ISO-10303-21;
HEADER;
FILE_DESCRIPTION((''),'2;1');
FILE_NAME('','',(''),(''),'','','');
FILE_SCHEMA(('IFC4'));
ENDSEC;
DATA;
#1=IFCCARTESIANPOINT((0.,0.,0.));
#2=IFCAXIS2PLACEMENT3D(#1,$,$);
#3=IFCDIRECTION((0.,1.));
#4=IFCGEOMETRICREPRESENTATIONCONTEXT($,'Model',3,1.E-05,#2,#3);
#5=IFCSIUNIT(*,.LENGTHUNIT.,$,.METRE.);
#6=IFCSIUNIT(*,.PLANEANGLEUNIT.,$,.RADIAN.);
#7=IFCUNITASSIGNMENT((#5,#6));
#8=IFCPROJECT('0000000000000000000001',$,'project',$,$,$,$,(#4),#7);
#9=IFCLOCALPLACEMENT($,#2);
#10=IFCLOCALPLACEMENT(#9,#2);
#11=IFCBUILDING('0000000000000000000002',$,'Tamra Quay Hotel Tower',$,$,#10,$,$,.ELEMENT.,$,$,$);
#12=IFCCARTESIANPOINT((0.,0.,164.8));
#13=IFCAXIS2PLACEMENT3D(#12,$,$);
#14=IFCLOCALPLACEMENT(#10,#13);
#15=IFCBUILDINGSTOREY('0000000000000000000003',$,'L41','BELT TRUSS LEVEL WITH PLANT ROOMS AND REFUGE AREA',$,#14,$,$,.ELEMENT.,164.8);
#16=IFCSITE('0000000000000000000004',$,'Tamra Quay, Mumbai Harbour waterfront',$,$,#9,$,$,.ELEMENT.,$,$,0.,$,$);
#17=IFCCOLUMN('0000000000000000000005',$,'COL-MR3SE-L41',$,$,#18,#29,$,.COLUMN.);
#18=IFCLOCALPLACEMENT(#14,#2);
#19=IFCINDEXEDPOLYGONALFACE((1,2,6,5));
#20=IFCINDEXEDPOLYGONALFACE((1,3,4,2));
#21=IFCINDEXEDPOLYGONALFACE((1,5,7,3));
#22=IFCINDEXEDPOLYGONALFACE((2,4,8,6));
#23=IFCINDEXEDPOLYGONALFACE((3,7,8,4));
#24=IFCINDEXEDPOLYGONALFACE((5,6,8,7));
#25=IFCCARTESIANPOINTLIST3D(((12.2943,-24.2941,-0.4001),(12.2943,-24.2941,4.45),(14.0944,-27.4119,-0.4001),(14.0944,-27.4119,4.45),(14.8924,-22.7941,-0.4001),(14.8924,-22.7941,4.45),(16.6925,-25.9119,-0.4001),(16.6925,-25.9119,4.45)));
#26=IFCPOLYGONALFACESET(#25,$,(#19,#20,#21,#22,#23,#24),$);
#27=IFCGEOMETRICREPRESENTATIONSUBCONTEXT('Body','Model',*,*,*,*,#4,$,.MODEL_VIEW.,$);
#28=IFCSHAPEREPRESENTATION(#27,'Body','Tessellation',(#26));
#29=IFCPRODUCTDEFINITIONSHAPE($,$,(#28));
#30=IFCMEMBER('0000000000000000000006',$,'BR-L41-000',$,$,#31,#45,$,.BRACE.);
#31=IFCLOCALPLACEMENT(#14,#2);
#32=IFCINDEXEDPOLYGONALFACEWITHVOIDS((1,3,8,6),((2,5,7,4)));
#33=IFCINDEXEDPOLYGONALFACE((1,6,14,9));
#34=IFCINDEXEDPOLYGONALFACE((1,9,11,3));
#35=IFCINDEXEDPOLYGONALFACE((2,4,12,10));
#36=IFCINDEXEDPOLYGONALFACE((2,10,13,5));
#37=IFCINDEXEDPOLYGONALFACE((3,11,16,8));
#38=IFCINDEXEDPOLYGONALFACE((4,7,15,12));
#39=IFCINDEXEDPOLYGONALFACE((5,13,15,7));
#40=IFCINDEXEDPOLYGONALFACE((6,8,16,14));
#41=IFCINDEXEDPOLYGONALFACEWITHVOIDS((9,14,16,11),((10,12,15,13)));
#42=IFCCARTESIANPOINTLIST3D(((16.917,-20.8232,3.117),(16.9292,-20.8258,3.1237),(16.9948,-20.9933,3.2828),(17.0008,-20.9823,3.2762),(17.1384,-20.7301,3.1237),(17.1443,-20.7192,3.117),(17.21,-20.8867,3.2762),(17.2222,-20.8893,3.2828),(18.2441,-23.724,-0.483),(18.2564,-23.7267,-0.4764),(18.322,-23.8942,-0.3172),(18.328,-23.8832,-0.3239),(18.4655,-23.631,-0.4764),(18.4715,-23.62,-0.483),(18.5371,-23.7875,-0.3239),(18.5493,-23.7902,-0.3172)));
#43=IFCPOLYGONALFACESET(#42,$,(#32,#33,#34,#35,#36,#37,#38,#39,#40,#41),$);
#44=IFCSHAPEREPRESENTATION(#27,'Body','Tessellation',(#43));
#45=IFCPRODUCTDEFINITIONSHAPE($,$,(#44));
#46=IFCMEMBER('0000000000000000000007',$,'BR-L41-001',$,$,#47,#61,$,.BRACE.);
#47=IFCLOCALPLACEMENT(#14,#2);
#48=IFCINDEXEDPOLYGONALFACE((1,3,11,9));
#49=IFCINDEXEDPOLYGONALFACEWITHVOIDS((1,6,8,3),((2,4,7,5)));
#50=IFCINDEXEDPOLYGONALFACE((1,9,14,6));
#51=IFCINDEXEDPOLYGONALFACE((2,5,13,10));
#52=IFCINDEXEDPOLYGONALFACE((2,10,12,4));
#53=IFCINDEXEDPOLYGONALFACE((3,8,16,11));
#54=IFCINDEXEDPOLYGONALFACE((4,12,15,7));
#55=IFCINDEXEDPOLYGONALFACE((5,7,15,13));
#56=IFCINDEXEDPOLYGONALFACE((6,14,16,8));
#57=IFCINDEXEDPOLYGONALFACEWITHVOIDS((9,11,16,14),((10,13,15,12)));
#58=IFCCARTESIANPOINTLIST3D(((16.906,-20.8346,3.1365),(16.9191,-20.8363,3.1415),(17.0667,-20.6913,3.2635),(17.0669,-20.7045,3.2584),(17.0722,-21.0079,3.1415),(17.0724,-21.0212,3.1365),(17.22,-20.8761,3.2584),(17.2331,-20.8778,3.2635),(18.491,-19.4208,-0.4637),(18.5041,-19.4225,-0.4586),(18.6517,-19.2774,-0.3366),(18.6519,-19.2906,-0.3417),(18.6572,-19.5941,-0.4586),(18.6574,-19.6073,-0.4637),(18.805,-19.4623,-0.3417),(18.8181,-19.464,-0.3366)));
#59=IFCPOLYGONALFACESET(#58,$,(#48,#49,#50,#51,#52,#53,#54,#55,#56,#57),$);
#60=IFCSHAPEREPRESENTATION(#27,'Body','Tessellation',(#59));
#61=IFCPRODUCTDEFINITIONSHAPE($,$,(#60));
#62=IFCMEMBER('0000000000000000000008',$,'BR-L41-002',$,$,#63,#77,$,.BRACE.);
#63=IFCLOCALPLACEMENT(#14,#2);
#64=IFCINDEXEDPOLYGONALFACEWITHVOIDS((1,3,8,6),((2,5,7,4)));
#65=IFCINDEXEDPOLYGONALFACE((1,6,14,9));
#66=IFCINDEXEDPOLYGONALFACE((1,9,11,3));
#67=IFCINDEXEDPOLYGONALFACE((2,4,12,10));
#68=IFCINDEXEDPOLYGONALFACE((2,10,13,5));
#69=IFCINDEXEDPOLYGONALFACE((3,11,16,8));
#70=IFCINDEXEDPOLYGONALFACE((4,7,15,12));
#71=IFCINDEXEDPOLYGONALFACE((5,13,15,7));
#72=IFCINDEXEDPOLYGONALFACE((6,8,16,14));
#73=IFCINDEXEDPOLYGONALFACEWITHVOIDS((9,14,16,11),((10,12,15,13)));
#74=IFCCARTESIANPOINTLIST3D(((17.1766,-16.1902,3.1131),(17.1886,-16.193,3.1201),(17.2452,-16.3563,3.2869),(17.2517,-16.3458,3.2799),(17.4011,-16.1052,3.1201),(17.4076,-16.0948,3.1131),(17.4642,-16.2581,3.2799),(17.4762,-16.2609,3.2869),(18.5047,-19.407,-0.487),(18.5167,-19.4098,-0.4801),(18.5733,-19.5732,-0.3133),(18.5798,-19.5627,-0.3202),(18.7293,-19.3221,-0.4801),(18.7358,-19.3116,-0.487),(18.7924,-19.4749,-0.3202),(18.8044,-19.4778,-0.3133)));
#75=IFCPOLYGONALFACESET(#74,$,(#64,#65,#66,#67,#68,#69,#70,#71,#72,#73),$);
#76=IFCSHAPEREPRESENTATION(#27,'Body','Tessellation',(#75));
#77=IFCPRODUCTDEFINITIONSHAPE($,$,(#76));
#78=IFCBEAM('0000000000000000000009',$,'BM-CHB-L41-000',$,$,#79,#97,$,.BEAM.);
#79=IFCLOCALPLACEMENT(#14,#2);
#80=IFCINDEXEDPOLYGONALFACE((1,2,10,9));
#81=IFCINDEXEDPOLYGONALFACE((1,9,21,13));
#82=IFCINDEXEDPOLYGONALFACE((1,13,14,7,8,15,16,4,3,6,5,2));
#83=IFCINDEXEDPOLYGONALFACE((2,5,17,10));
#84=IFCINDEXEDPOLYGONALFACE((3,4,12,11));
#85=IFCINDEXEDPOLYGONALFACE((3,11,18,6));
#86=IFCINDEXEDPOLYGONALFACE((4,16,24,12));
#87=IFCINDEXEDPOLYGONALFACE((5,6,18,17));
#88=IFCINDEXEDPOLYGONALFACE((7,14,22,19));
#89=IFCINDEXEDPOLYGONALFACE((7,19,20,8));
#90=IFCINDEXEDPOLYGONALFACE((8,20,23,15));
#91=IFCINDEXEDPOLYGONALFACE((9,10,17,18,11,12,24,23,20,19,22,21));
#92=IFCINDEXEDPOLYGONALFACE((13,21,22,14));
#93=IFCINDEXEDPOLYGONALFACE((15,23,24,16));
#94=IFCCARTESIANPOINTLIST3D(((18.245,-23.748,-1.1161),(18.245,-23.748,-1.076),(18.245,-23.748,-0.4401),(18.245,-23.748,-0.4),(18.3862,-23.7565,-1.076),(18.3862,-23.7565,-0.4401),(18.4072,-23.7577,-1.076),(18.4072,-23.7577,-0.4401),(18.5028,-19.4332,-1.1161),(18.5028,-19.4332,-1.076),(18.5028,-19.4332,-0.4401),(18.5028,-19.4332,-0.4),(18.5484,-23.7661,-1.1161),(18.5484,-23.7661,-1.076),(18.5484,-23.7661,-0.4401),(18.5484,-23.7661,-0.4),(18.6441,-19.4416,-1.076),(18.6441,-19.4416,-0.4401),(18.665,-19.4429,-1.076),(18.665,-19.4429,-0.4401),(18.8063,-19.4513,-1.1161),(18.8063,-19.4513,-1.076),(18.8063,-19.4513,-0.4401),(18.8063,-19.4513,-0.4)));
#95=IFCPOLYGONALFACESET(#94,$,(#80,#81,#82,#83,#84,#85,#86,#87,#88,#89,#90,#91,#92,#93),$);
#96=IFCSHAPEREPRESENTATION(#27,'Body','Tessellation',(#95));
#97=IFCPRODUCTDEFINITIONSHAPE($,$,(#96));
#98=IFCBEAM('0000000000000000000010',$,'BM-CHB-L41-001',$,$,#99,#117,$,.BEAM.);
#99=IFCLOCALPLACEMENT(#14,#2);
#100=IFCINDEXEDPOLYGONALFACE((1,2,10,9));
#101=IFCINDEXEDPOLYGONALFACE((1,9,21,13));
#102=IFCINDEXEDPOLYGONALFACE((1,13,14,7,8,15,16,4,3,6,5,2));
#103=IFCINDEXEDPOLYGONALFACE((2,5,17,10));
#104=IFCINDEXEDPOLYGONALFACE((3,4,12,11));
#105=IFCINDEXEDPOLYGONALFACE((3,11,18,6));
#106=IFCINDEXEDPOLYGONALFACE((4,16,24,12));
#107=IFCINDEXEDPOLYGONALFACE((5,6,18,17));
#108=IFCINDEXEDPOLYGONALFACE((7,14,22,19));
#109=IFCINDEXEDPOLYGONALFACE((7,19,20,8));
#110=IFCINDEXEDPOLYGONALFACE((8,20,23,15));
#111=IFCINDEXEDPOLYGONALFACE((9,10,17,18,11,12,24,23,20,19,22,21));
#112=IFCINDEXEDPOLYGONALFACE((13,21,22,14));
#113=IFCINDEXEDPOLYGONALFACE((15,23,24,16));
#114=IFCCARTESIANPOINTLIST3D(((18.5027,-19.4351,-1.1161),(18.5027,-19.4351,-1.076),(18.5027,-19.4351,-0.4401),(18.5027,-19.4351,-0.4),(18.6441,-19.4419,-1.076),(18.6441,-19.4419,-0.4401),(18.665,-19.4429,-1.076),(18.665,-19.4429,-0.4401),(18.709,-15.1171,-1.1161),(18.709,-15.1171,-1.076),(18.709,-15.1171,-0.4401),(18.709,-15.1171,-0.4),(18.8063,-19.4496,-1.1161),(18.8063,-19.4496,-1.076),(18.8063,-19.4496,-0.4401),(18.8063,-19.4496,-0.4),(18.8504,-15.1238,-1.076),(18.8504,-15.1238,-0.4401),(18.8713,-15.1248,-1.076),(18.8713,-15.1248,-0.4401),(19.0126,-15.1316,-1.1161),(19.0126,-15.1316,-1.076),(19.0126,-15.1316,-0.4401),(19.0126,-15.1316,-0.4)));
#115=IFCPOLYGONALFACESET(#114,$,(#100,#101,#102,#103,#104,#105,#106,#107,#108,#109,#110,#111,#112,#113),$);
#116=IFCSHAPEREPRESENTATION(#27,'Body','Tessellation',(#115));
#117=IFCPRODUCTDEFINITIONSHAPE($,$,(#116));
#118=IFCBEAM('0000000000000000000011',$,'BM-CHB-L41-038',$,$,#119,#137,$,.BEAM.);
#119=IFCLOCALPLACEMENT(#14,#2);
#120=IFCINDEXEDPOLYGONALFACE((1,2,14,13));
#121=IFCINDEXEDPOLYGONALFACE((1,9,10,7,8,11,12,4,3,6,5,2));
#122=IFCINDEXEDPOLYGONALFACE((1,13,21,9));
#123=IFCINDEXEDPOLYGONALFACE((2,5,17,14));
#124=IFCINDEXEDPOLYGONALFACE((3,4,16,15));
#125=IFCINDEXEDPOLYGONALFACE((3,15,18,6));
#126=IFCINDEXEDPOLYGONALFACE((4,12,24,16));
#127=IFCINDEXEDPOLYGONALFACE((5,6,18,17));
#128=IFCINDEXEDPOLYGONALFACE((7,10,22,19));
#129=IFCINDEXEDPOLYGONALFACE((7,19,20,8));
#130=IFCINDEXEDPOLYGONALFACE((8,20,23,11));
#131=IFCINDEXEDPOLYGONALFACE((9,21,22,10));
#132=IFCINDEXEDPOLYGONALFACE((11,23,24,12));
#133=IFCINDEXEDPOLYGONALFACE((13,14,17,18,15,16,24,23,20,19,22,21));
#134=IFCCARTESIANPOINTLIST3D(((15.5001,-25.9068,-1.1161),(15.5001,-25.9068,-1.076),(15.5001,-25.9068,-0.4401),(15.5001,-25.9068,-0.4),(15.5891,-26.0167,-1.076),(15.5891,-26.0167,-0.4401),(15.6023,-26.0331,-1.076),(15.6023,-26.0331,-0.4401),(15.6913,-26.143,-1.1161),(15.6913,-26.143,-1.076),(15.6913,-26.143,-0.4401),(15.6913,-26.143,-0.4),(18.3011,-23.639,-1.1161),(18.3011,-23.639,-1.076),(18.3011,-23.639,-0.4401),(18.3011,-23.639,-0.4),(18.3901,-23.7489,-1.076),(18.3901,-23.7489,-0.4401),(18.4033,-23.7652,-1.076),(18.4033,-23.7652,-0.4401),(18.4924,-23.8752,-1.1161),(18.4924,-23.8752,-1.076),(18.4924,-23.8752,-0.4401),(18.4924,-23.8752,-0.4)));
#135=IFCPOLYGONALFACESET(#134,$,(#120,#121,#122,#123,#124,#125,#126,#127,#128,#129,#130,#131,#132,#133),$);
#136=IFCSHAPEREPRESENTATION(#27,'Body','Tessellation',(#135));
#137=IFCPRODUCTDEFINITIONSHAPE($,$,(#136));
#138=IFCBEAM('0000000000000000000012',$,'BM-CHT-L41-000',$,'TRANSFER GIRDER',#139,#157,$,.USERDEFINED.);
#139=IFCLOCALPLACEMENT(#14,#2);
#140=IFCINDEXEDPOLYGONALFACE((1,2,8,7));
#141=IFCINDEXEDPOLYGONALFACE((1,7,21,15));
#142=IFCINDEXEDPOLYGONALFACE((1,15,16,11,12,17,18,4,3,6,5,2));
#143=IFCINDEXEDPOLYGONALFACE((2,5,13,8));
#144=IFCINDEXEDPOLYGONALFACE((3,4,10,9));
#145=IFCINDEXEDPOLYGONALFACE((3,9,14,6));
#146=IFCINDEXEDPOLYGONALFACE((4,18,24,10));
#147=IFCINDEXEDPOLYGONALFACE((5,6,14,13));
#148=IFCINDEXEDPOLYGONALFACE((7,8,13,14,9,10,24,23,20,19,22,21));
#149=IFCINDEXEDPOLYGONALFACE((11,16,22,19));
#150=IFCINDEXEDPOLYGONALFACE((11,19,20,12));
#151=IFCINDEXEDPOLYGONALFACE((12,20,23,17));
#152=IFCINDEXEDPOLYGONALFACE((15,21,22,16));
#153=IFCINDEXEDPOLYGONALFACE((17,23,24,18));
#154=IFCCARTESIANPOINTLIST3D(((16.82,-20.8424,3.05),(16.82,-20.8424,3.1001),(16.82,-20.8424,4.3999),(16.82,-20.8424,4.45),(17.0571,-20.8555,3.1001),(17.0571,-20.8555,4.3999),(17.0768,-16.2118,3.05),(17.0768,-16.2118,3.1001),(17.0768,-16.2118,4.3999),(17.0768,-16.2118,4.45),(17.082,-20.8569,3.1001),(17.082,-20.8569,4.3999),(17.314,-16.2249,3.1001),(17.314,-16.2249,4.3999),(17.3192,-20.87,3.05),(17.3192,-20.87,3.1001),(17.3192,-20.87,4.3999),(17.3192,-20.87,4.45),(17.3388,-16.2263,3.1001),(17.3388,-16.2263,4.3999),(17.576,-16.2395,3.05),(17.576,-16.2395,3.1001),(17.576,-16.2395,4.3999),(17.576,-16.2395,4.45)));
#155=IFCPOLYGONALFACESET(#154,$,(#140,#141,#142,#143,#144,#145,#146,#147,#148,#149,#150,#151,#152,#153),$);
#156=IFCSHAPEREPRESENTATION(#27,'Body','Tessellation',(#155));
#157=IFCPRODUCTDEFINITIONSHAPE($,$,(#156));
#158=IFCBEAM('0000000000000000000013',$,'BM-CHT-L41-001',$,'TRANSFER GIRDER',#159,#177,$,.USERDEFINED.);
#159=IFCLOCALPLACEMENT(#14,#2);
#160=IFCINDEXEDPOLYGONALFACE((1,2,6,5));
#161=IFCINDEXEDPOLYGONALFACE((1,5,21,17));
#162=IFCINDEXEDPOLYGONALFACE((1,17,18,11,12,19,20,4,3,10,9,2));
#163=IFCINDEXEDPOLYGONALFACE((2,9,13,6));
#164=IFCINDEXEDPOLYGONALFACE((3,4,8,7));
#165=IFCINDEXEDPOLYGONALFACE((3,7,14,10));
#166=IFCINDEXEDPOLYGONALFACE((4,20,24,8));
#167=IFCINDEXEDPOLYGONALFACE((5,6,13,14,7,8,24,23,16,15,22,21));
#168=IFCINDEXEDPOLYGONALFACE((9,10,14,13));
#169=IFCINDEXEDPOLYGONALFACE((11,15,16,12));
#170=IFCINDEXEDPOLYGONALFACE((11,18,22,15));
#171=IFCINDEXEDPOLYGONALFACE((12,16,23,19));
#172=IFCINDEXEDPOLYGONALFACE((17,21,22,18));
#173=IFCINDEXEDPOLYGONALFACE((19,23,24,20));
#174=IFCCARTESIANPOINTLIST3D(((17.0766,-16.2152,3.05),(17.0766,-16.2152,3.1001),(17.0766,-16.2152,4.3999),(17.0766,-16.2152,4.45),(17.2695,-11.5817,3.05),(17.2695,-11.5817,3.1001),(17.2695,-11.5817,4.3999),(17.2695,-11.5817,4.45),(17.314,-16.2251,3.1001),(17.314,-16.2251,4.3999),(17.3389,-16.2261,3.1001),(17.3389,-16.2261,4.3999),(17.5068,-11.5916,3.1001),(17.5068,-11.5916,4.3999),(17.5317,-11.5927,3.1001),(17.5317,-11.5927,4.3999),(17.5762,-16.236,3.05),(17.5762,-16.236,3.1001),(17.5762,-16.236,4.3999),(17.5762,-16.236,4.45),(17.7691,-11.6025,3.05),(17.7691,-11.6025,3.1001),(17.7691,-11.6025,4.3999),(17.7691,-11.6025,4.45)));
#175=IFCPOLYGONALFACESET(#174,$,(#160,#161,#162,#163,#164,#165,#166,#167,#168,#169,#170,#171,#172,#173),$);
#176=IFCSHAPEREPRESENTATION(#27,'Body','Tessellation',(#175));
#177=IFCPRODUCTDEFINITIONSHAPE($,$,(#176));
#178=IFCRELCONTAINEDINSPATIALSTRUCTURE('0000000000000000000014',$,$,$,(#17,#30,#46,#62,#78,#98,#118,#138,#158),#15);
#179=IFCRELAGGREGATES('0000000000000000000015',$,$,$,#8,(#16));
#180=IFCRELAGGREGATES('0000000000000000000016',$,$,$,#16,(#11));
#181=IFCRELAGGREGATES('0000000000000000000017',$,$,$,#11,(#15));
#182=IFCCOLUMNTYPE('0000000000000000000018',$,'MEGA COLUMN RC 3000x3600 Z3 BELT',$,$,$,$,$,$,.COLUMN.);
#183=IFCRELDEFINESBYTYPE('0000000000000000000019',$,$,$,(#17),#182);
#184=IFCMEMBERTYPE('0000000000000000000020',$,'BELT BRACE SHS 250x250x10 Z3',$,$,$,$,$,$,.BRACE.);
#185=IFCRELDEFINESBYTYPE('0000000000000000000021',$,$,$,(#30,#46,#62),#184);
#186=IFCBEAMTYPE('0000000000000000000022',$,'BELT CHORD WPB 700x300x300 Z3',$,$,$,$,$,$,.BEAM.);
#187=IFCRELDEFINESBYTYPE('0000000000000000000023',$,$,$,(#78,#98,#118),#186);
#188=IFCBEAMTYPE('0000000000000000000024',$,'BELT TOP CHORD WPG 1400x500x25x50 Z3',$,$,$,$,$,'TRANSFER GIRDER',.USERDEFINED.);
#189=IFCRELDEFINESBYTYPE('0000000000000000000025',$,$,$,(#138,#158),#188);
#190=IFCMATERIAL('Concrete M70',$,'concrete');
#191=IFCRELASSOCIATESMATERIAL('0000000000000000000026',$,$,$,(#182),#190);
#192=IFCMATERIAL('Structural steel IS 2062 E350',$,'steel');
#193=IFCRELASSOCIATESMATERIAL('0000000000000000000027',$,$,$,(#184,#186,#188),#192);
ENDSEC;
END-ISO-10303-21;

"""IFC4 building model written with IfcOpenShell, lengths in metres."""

from ifc_helpers import new_model, si_unit, direction, frame, origin, origin_2d, place, context, subcontext, project, spatial, rectangle, hollow_rectangle, i_section, extrude, material, material_profile, profile_set, type_object, element, save


model = new_model("IFC4")

# Units and contexts
model_context = context("Model", 3, precision=1e-05, world=origin(), true_north=direction((0.0, 1.0)))
body_context = subcontext(model_context, "Body", "Model", "MODEL_VIEW")
ifc_project = project(units=[si_unit("LENGTHUNIT", "METRE"), si_unit("PLANEANGLEUNIT", "RADIAN")], contexts=[model_context])

# Site, building, storey
site_placement = place(None, origin())
site = spatial("IfcSite", under=ifc_project, at=site_placement, Name="Tamra Quay, Mumbai Harbour waterfront", CompositionType="ELEMENT", RefElevation=0.0)
building_placement = place(site_placement, origin())
building = spatial("IfcBuilding", under=site, at=building_placement, Name="Tamra Quay Hotel Tower", CompositionType="ELEMENT")
storey_placement = place(building_placement, frame((0.0, 0.0, 164.8)))
storey = spatial("IfcBuildingStorey", under=building, at=storey_placement, Name="L41", Description="BELT TRUSS LEVEL WITH PLANT ROOMS AND REFUGE AREA", CompositionType="ELEMENT", Elevation=164.8)

# Column
ifc_material_1 = material(Name="Concrete M70", Category="concrete")
ifc_material_profile_1 = material_profile(ifc_material_1, rectangle(XDim=3.6001, YDim=3.0, at=origin_2d()), Name="MEGA COLUMN RC 3000x3600 Z3 BELT")
ifc_profile_set_1 = profile_set([ifc_material_profile_1], Name="Concrete M70")
column_type = type_object("IfcColumnType", Name="MEGA COLUMN RC 3000x3600 Z3 BELT", PredefinedType="COLUMN", material=ifc_profile_set_1)
column_placement = place(storey_placement, frame((14.4934, -25.103, -0.4001), z_axis=(0.0, 0.0, 1.0), x_axis=(-0.5, 0.866025, 0.0)))
element("IfcColumn", 1, at=column_placement, inside=storey, type_object=column_type, Name="COL-MR3SE-L41", PredefinedType="COLUMN", context=body_context, shape_type="SweptSolid", body=[
    extrude(rectangle(XDim=3.6001, YDim=3.0, at=origin_2d()), origin(), (0.0, 0.0, 1.0), 4.8501),
])

# Members
ifc_material_2 = material(Name="Structural steel IS 2062 E350", Category="steel")
ifc_material_profile_2 = material_profile(ifc_material_2, hollow_rectangle(XDim=0.25, YDim=0.25, WallThickness=0.01, at=origin_2d()), Name="SHS 250x250x10")
ifc_profile_set_2 = profile_set([ifc_material_profile_2], Name="Structural steel IS 2062 E350")
member_type = type_object("IfcMemberType", Name="BELT BRACE SHS 250x250x10 Z3", PredefinedType="BRACE", material=ifc_profile_set_2)
member_1_placement = place(storey_placement, frame((18.3967, -23.7571, -0.4001), z_axis=(-0.275908, 0.60308, 0.748444), x_axis=(-0.909352, -0.416027, 0.0)))
element("IfcMember", 2, at=member_1_placement, inside=storey, type_object=member_type, Name="BR-L41-000", PredefinedType="BRACE", context=body_context, shape_type="SweptSolid", body=[
    extrude(hollow_rectangle(XDim=0.25, YDim=0.25, WallThickness=0.01, at=origin_2d()), origin(), (0.0, 0.0, 1.0), 4.8101),
])
member_2_placement = place(storey_placement, frame((18.6545, -19.4424, -0.4001), z_axis=(-0.379185, -0.338241, 0.861285), x_axis=(0.665668, -0.746248, 0.0)))
element("IfcMember", 3, at=member_2_placement, inside=storey, type_object=member_type, Name="BR-L41-001", PredefinedType="BRACE", context=body_context, shape_type="SweptSolid", body=[
    extrude(hollow_rectangle(XDim=0.25, YDim=0.25, WallThickness=0.01, at=origin_2d()), origin(), (0.0, 0.0, 1.0), 4.1799),
])
member_3_placement = place(storey_placement, frame((18.6545, -19.4424, -0.4001), z_axis=(-0.265241, 0.64243, 0.718979), x_axis=(-0.924317, -0.381625, 0.0)))
element("IfcMember", 4, at=member_3_placement, inside=storey, type_object=member_type, Name="BR-L41-002", PredefinedType="BRACE", context=body_context, shape_type="SweptSolid", body=[
    extrude(hollow_rectangle(XDim=0.25, YDim=0.25, WallThickness=0.01, at=origin_2d()), origin(), (0.0, 0.0, 1.0), 5.0073),
])

# Beams
ifc_material_profile_3 = material_profile(ifc_material_2, i_section(OverallWidth=0.304, OverallDepth=0.7161, WebThickness=0.021, FlangeThickness=0.04, at=origin_2d()), Name="WPB 700x300x300")
ifc_profile_set_3 = profile_set([ifc_material_profile_3], Name="Structural steel IS 2062 E350")
beam_type_1 = type_object("IfcBeamType", Name="BELT CHORD WPB 700x300x300 Z3", PredefinedType="BEAM", material=ifc_profile_set_3)
beam_1_placement = place(storey_placement, frame((18.3967, -23.7571, -0.7581), z_axis=(0.059646, 0.99822, 0.0), x_axis=(-0.99822, 0.059646, 0.0)))
element("IfcBeam", 5, at=beam_1_placement, inside=storey, type_object=beam_type_1, Name="BM-CHB-L41-000", PredefinedType="BEAM", context=body_context, shape_type="SweptSolid", body=[
    extrude(i_section(OverallWidth=0.304, OverallDepth=0.7161, WebThickness=0.021, FlangeThickness=0.04, at=origin_2d()), origin(), (0.0, 0.0, 1.0), 4.3225),
])
beam_2_placement = place(storey_placement, frame((18.6545, -19.4424, -0.7581), z_axis=(0.047721, 0.998861, 0.0), x_axis=(-0.998861, 0.047721, 0.0)))
element("IfcBeam", 6, at=beam_2_placement, inside=storey, type_object=beam_type_1, Name="BM-CHB-L41-001", PredefinedType="BEAM", context=body_context, shape_type="SweptSolid", body=[
    extrude(i_section(OverallWidth=0.304, OverallDepth=0.7161, WebThickness=0.021, FlangeThickness=0.04, at=origin_2d()), origin(), (0.0, 0.0, 1.0), 4.323),
])
beam_3_placement = place(storey_placement, frame((15.5957, -26.0249, -0.7581), z_axis=(0.777201, 0.629253, 0.0), x_axis=(-0.629253, 0.777201, 0.0)))
element("IfcBeam", 7, at=beam_3_placement, inside=storey, type_object=beam_type_1, Name="BM-CHB-L41-038", PredefinedType="BEAM", context=body_context, shape_type="SweptSolid", body=[
    extrude(i_section(OverallWidth=0.304, OverallDepth=0.7161, WebThickness=0.021, FlangeThickness=0.04, at=origin_2d()), origin(), (0.0, 0.0, 1.0), 3.604),
])
ifc_material_profile_4 = material_profile(ifc_material_2, i_section(OverallWidth=0.5, OverallDepth=1.3999, WebThickness=0.0249, FlangeThickness=0.05, at=origin_2d()), Name="WPG 1400x500x25x50")
ifc_profile_set_4 = profile_set([ifc_material_profile_4], Name="Structural steel IS 2062 E350")
beam_type_2 = type_object("IfcBeamType", Name="BELT TOP CHORD WPG 1400x500x25x50 Z3", ElementType="TRANSFER GIRDER", PredefinedType="USERDEFINED", material=ifc_profile_set_4)
beam_4_placement = place(storey_placement, frame((17.0696, -20.8562, 3.75), z_axis=(0.05538, 0.998465, 0.0), x_axis=(-0.998465, 0.05538, 0.0)))
element("IfcBeam", 8, at=beam_4_placement, inside=storey, type_object=beam_type_2, Name="BM-CHT-L41-000", ObjectType="TRANSFER GIRDER", PredefinedType="USERDEFINED", context=body_context, shape_type="SweptSolid", body=[
    extrude(i_section(OverallWidth=0.5, OverallDepth=1.3999, WebThickness=0.0249, FlangeThickness=0.05, at=origin_2d()), origin(), (0.0, 0.0, 1.0), 4.6377),
])
beam_5_placement = place(storey_placement, frame((17.3264, -16.2256, 3.75), z_axis=(0.041589, 0.999135, 0.0), x_axis=(-0.999135, 0.041589, 0.0)))
element("IfcBeam", 9, at=beam_5_placement, inside=storey, type_object=beam_type_2, Name="BM-CHT-L41-001", ObjectType="TRANSFER GIRDER", PredefinedType="USERDEFINED", context=body_context, shape_type="SweptSolid", body=[
    extrude(i_section(OverallWidth=0.5, OverallDepth=1.3999, WebThickness=0.0249, FlangeThickness=0.05, at=origin_2d()), origin(), (0.0, 0.0, 1.0), 4.6375),
])

save(model, "model.ifc")
